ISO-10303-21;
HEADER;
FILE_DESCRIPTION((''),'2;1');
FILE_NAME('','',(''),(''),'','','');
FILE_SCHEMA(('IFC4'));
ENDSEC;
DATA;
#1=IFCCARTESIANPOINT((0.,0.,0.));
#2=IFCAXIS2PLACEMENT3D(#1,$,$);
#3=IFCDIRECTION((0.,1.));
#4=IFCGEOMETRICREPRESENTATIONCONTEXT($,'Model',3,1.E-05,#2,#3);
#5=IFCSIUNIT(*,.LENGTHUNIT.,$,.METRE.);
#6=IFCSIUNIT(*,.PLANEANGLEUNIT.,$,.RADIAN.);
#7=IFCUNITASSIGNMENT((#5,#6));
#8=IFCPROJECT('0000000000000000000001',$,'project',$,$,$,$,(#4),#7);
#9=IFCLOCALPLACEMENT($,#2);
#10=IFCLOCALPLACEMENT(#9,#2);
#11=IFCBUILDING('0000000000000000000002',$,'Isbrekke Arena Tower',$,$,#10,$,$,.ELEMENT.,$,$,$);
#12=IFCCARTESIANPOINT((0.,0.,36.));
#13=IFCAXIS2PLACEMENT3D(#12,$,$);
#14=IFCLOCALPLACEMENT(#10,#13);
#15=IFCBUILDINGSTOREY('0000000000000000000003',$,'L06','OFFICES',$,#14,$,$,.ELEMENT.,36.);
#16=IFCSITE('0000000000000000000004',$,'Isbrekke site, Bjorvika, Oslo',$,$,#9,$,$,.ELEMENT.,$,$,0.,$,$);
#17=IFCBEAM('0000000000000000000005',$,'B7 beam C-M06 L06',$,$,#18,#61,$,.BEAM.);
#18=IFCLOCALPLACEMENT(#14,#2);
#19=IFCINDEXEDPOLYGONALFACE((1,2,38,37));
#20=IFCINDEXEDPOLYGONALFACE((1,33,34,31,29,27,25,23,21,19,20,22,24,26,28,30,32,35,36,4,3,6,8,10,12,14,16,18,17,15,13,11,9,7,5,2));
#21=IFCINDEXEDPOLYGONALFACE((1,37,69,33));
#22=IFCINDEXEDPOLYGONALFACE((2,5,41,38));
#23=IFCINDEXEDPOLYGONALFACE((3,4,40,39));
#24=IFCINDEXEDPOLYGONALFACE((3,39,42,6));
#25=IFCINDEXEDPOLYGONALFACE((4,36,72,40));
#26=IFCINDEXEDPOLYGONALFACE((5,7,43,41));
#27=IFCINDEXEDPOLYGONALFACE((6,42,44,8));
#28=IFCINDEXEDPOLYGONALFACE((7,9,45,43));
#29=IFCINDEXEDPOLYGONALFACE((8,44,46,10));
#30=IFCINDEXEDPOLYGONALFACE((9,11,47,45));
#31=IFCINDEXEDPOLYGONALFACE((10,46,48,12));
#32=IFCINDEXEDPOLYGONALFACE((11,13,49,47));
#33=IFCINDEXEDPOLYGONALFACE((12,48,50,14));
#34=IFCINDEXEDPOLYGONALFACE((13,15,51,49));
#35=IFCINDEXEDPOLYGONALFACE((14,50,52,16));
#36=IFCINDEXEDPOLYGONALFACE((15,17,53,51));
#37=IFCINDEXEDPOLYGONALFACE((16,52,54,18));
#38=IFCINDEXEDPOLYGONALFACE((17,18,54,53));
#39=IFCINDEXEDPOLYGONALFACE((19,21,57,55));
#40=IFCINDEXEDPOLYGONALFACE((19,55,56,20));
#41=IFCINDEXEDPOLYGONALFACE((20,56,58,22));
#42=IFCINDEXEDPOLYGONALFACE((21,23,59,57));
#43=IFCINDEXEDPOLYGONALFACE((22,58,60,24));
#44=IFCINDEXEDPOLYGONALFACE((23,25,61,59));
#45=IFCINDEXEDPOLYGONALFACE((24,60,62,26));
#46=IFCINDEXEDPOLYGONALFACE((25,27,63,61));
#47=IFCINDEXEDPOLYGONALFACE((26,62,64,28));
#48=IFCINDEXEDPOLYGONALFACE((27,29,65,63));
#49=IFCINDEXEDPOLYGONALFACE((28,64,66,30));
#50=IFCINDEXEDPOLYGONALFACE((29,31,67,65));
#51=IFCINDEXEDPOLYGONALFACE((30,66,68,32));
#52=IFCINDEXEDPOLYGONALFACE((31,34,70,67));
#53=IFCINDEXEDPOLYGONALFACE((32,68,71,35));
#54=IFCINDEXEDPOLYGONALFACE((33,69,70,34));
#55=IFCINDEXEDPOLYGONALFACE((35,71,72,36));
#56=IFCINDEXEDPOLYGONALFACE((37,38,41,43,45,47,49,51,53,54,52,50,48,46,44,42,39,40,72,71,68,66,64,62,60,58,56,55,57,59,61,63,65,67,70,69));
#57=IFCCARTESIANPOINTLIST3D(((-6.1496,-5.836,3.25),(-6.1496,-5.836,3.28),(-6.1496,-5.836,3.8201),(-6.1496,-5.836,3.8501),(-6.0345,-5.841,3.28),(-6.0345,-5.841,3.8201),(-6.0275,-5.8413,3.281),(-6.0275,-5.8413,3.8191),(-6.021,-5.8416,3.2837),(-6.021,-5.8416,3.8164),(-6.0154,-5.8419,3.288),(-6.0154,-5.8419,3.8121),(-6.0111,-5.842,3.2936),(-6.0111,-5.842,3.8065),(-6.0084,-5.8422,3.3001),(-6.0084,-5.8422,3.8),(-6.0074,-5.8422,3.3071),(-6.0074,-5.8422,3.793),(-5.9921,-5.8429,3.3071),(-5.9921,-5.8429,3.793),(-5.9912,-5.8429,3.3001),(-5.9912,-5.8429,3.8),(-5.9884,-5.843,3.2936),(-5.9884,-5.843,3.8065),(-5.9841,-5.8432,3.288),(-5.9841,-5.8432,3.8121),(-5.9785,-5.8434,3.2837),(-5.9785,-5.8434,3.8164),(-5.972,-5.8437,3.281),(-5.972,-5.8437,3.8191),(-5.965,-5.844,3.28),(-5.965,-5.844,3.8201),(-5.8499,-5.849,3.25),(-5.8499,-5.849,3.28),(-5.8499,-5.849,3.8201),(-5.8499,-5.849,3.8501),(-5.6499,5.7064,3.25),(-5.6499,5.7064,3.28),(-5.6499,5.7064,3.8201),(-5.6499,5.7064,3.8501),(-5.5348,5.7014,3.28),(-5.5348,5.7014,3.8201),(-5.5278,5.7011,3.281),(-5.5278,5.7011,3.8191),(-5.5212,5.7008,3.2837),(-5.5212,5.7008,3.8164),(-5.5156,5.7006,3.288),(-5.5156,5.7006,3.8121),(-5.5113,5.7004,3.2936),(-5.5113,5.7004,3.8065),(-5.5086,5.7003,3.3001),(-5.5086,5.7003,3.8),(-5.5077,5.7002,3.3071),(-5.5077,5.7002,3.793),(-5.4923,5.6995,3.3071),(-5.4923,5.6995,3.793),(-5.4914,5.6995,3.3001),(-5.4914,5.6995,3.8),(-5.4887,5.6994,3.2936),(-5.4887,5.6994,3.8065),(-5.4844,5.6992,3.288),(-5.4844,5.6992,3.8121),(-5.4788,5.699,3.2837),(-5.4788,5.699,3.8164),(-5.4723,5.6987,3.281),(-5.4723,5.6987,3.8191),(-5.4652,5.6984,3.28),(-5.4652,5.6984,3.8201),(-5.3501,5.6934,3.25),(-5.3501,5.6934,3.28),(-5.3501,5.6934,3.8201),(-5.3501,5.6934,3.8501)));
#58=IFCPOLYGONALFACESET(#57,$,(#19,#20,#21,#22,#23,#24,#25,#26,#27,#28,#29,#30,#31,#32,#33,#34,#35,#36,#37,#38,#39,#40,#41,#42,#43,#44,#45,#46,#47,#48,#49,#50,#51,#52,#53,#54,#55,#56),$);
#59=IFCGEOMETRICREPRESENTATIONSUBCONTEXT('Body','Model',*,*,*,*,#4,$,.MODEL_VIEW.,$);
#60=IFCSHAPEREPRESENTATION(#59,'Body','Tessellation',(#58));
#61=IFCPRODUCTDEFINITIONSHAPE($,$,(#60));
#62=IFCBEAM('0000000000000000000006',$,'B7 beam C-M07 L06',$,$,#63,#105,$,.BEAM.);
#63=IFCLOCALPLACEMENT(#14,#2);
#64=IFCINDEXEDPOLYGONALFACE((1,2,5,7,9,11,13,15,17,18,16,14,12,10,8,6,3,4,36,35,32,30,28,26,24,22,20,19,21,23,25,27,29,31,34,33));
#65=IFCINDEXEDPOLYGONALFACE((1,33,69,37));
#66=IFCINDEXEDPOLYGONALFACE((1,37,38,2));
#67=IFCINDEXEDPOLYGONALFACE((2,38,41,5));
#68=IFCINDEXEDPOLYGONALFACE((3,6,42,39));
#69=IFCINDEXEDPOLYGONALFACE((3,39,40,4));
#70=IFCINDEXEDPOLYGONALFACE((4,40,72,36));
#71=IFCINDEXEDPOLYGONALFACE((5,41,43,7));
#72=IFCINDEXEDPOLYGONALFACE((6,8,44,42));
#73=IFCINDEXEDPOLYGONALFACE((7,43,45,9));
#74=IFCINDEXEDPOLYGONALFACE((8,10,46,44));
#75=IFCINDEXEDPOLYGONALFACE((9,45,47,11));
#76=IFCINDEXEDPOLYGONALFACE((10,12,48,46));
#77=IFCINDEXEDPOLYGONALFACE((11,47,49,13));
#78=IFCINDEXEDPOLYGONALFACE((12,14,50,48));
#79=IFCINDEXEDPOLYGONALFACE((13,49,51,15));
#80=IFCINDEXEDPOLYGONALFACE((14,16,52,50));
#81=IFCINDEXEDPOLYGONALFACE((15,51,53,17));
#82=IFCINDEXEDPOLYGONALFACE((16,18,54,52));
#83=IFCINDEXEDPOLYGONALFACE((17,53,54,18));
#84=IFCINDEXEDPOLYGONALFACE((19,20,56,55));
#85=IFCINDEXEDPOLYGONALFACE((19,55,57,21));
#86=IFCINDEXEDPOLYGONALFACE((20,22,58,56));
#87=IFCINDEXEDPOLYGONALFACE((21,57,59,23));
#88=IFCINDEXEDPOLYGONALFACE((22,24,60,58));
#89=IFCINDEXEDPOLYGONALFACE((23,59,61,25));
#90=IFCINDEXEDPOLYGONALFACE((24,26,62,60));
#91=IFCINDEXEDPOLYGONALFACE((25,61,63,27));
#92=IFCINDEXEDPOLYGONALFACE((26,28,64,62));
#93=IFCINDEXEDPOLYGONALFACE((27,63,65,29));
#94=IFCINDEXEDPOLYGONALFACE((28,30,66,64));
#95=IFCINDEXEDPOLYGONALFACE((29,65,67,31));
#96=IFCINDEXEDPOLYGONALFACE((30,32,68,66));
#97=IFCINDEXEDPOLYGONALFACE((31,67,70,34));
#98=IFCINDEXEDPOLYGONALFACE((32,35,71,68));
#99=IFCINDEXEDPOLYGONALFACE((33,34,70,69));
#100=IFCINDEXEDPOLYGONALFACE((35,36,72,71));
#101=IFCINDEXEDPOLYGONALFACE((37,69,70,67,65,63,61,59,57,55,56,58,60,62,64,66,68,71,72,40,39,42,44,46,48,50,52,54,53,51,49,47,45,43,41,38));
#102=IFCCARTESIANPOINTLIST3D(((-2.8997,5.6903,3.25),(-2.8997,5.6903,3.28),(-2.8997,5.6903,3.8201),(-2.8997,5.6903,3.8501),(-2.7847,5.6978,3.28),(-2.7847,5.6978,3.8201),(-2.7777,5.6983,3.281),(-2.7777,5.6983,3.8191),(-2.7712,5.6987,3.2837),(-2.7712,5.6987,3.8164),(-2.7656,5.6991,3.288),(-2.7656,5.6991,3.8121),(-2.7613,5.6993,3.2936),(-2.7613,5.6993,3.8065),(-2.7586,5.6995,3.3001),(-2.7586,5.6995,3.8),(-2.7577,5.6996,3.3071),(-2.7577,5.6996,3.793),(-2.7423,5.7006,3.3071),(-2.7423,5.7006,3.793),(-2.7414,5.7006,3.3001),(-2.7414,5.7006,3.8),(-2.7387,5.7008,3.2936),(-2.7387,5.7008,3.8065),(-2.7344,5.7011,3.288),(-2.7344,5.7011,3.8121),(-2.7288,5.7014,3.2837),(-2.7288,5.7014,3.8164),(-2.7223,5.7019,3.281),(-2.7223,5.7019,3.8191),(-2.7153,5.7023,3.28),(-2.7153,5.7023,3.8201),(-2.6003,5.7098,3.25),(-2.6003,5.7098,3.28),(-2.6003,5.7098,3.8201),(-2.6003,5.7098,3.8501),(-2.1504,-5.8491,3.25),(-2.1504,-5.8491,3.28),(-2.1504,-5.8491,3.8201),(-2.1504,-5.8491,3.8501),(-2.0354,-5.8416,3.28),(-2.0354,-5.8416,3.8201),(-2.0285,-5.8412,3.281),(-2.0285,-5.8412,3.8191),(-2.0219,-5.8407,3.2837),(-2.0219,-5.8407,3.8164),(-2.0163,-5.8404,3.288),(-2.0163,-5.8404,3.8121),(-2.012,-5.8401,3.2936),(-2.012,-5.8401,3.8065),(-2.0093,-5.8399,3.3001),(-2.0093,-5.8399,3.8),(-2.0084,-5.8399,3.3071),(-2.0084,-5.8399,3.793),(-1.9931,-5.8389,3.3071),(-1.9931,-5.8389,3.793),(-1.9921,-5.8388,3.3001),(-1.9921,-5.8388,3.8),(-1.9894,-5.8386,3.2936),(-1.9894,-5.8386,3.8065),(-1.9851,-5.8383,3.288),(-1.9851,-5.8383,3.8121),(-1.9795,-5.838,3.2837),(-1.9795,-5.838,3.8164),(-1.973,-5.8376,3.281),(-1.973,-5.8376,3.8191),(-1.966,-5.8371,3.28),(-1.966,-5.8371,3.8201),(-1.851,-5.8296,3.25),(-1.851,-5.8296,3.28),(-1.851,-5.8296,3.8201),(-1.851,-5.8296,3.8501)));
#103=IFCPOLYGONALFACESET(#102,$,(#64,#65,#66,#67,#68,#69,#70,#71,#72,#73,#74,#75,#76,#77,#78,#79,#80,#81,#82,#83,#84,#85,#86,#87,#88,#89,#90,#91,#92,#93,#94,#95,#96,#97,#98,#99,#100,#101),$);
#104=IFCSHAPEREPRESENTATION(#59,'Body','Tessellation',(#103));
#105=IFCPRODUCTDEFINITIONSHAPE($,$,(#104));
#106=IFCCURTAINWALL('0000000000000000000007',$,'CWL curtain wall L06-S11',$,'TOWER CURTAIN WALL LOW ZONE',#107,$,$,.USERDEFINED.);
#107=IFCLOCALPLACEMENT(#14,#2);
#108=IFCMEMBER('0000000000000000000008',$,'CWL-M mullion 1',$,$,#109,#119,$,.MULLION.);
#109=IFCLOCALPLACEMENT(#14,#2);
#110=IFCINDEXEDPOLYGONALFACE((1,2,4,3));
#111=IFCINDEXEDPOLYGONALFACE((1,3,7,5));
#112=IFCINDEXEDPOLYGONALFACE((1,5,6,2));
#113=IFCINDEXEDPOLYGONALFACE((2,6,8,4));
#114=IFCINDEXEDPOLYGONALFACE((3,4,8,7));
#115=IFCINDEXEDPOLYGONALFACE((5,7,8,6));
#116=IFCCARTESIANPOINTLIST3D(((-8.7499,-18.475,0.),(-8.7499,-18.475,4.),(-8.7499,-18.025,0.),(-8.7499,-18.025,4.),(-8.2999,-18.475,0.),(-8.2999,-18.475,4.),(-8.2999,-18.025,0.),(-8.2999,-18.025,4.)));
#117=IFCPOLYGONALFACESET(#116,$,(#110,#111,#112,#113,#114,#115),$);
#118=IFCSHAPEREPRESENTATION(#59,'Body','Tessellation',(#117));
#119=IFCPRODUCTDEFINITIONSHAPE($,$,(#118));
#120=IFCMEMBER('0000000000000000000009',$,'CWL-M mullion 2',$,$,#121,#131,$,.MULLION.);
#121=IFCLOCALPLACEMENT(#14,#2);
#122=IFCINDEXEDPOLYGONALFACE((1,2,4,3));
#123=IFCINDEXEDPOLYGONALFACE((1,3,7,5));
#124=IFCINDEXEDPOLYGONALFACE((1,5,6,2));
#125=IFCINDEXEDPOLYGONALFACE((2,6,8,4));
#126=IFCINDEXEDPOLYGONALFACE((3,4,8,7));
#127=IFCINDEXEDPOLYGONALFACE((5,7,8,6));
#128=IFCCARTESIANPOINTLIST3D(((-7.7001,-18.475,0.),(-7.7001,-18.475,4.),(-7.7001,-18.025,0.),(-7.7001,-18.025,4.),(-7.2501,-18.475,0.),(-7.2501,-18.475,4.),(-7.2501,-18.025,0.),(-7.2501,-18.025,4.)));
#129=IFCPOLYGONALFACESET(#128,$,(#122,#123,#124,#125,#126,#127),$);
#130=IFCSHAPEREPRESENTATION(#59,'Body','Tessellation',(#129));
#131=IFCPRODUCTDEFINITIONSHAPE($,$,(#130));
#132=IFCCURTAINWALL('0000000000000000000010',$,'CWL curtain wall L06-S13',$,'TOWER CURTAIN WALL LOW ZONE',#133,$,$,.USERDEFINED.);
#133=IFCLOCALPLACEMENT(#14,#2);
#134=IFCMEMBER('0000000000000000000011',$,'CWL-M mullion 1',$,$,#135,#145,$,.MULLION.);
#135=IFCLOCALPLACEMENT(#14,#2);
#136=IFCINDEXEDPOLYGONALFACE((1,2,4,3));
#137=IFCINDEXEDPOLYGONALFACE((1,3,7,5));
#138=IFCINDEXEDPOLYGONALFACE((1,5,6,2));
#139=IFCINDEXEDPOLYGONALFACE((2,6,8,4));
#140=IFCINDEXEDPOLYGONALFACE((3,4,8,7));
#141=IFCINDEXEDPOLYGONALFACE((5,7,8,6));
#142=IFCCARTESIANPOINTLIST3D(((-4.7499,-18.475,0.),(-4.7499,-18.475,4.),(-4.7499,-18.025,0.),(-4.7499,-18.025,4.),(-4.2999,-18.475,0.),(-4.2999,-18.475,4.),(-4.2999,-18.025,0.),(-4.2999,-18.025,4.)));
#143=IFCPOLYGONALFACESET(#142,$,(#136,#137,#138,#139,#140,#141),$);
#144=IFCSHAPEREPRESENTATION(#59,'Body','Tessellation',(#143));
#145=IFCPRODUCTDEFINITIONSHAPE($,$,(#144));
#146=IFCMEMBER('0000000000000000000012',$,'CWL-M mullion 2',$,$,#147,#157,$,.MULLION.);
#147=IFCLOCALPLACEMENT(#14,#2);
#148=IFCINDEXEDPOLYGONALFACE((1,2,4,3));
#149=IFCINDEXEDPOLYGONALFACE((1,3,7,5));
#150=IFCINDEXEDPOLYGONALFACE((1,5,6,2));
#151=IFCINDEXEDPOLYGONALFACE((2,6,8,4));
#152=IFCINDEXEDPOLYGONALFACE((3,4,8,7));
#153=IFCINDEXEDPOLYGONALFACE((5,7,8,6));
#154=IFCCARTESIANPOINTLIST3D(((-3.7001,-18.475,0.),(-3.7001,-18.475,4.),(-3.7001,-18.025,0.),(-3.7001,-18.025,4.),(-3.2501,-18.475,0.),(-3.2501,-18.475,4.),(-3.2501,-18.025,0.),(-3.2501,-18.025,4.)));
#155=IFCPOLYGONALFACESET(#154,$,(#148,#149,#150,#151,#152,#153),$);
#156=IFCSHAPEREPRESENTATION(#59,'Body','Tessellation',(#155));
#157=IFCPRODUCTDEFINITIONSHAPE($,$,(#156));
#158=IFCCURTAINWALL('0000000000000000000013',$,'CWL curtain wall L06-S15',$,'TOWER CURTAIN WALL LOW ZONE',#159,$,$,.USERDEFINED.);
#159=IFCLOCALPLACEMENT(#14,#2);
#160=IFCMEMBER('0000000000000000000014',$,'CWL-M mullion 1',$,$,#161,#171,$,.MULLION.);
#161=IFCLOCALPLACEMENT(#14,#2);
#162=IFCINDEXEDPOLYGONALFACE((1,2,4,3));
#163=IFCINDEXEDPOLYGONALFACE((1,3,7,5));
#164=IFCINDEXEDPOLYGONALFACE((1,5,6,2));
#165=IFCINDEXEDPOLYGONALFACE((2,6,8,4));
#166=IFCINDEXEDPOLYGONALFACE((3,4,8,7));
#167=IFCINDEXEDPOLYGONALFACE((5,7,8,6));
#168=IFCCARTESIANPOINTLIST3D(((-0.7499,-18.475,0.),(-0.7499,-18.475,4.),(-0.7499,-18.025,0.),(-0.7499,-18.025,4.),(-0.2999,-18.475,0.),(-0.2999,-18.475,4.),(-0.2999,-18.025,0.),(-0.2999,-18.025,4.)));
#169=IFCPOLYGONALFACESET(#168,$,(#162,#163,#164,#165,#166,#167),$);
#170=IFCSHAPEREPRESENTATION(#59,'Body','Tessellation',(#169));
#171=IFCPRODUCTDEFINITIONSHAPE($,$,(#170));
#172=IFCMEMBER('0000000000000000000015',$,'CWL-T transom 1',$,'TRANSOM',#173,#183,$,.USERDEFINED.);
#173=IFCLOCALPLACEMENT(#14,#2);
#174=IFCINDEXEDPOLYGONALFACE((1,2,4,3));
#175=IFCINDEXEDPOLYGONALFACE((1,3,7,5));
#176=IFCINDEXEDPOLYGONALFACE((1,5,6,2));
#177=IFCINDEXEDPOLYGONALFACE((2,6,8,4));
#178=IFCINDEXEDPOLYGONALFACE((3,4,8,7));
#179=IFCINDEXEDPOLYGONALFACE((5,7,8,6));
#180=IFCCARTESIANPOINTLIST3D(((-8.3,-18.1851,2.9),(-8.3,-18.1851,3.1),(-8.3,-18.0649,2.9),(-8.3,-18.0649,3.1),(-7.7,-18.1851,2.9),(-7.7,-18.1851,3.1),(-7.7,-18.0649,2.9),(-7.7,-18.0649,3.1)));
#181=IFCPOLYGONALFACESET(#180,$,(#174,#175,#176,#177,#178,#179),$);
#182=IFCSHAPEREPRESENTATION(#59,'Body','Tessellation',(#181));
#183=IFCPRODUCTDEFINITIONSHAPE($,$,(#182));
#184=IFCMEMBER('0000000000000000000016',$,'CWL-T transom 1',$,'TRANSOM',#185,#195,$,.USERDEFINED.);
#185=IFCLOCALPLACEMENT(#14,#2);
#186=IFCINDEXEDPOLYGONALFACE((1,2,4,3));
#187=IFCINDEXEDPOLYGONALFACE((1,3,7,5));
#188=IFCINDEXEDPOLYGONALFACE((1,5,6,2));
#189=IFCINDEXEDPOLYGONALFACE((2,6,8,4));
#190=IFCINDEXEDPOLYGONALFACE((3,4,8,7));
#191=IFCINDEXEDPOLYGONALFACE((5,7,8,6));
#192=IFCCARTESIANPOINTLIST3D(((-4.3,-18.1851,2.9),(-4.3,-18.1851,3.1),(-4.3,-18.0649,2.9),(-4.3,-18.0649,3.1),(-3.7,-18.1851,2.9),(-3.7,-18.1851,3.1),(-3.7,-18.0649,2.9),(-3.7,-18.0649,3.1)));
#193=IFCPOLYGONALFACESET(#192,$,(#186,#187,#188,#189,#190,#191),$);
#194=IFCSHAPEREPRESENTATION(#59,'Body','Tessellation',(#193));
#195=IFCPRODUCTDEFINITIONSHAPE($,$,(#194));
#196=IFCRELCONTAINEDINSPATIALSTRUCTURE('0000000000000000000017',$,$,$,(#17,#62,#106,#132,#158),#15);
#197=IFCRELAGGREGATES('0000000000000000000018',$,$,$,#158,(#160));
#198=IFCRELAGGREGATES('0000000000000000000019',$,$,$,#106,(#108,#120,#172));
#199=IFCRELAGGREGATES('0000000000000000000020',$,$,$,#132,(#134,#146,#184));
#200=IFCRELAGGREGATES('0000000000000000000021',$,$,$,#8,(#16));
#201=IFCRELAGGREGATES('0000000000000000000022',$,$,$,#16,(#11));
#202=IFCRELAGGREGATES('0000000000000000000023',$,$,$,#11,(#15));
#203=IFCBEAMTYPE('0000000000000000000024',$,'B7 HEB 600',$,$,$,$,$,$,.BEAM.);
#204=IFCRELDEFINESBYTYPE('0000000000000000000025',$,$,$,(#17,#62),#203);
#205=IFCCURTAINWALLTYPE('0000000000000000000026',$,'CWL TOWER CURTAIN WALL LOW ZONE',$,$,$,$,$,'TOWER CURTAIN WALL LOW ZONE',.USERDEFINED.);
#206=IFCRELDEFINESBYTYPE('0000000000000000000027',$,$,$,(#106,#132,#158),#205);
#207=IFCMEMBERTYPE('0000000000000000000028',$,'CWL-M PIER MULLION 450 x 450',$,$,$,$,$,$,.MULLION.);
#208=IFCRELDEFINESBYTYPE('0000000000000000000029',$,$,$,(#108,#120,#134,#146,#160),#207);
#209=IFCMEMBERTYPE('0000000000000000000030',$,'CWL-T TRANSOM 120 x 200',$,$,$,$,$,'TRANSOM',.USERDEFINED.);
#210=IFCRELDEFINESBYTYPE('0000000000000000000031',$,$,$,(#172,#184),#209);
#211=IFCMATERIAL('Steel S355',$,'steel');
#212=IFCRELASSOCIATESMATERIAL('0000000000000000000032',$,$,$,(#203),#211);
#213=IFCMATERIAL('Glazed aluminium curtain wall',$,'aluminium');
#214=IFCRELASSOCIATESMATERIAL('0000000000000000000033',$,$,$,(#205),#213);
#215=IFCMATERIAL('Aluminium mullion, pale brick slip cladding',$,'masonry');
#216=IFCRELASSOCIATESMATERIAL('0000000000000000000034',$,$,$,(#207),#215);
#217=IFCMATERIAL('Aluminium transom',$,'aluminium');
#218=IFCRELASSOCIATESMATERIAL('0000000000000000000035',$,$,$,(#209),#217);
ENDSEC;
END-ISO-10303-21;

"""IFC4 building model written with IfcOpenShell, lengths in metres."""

from ifc_helpers import new_model, si_unit, direction, frame, origin, origin_2d, place, context, subcontext, project, spatial, rectangle, i_section, extrude, material, material_profile, profile_set, type_object, element, aggregate, save


model = new_model("IFC4")

# Units and contexts
model_context = context("Model", 3, precision=1e-05, world=origin(), true_north=direction((0.0, 1.0)))
body_context = subcontext(model_context, "Body", "Model", "MODEL_VIEW")
ifc_project = project(units=[si_unit("LENGTHUNIT", "METRE"), si_unit("PLANEANGLEUNIT", "RADIAN")], contexts=[model_context])

# Site, building, storey
site_placement = place(None, origin())
site = spatial("IfcSite", under=ifc_project, at=site_placement, Name="Isbrekke site, Bjorvika, Oslo", CompositionType="ELEMENT", RefElevation=0.0)
building_placement = place(site_placement, origin())
building = spatial("IfcBuilding", under=site, at=building_placement, Name="Isbrekke Arena Tower", CompositionType="ELEMENT")
storey_placement = place(building_placement, frame((0.0, 0.0, 36.0)))
storey = spatial("IfcBuildingStorey", under=building, at=storey_placement, Name="L06", Description="OFFICES", CompositionType="ELEMENT", Elevation=36.0)

# Beams
ifc_material_1 = material(Name="Steel S355", Category="steel")
ifc_material_profile_1 = material_profile(ifc_material_1, i_section(OverallWidth=0.3, OverallDepth=0.6001, WebThickness=0.0154, FlangeThickness=0.03, FilletRadius=0.0271, at=origin_2d()), Name="HEB 600")
ifc_profile_set_1 = profile_set([ifc_material_profile_1], Name="Steel S355")
beam_type_1 = type_object("IfcBeamType", Name="B7 HEB 600", PredefinedType="BEAM", material=ifc_profile_set_1)
beam_1_placement = place(storey_placement, frame((-5.9998, -5.8425, 3.55), z_axis=(0.043257, 0.999064, 0.0), x_axis=(-0.999064, 0.043257, 0.0)))
element("IfcBeam", 1, at=beam_1_placement, inside=storey, type_object=beam_type_1, Name="B7 beam C-M06 L06", PredefinedType="BEAM", context=body_context, shape_type="SweptSolid", body=[
    extrude(i_section(OverallWidth=0.3, OverallDepth=0.6001, WebThickness=0.0154, FlangeThickness=0.03, FilletRadius=0.0271, at=origin_2d()), origin(), (0.0, 0.0, 1.0), 11.5532),
])
beam_2_placement = place(storey_placement, frame((-2.0007, -5.8394, 3.55), z_axis=(-0.064795, 0.997899, 0.0), x_axis=(-0.997899, -0.064795, 0.0)))
element("IfcBeam", 2, at=beam_2_placement, inside=storey, type_object=beam_type_1, Name="B7 beam C-M07 L06", PredefinedType="BEAM", context=body_context, shape_type="SweptSolid", body=[
    extrude(i_section(OverallWidth=0.3, OverallDepth=0.6001, WebThickness=0.0154, FlangeThickness=0.03, FilletRadius=0.0271, at=origin_2d()), origin(), (0.0, 0.0, 1.0), 11.5637),
])

# Curtain walls, members
ifc_material_2 = material(Name="Glazed aluminium curtain wall", Category="aluminium")
curtain_wall_type = type_object("IfcCurtainWallType", Name="CWL TOWER CURTAIN WALL LOW ZONE", ElementType="TOWER CURTAIN WALL LOW ZONE", PredefinedType="USERDEFINED", material=ifc_material_2)
curtain_wall_1_placement = place(storey_placement, origin())
curtain_wall_1 = element("IfcCurtainWall", 3, at=curtain_wall_1_placement, inside=storey, type_object=curtain_wall_type, Name="CWL curtain wall L06-S11", ObjectType="TOWER CURTAIN WALL LOW ZONE", PredefinedType="USERDEFINED")
ifc_material_3 = material(Name="Aluminium mullion, pale brick slip cladding", Category="masonry")
ifc_material_profile_2 = material_profile(ifc_material_3, rectangle(XDim=0.45, YDim=0.45, at=origin_2d()), Name="PIER 450X450")
ifc_profile_set_2 = profile_set([ifc_material_profile_2], Name="Aluminium mullion, pale brick slip cladding")
member_type_1 = type_object("IfcMemberType", Name="CWL-M PIER MULLION 450 x 450", PredefinedType="MULLION", material=ifc_profile_set_2)
member_1_placement = place(storey_placement, frame((-8.5249, -18.25, 0.0), z_axis=(0.0, 0.0, 1.0), x_axis=(1.0, 0.0, 0.0)))
member_1 = element("IfcMember", 4, at=member_1_placement, type_object=member_type_1, Name="CWL-M mullion 1", PredefinedType="MULLION", context=body_context, shape_type="SweptSolid", body=[
    extrude(rectangle(XDim=0.45, YDim=0.45, at=origin_2d()), origin(), (0.0, 0.0, 1.0), 4.0),
])
member_2_placement = place(storey_placement, frame((-7.4751, -18.25, 0.0), z_axis=(0.0, 0.0, 1.0), x_axis=(1.0, 0.0, 0.0)))
member_2 = element("IfcMember", 5, at=member_2_placement, type_object=member_type_1, Name="CWL-M mullion 2", PredefinedType="MULLION", context=body_context, shape_type="SweptSolid", body=[
    extrude(rectangle(XDim=0.45, YDim=0.45, at=origin_2d()), origin(), (0.0, 0.0, 1.0), 4.0),
])
curtain_wall_2_placement = place(storey_placement, origin())
curtain_wall_2 = element("IfcCurtainWall", 6, at=curtain_wall_2_placement, inside=storey, type_object=curtain_wall_type, Name="CWL curtain wall L06-S13", ObjectType="TOWER CURTAIN WALL LOW ZONE", PredefinedType="USERDEFINED")
member_3_placement = place(storey_placement, frame((-4.5249, -18.25, 0.0), z_axis=(0.0, 0.0, 1.0), x_axis=(1.0, 0.0, 0.0)))
member_3 = element("IfcMember", 7, at=member_3_placement, type_object=member_type_1, Name="CWL-M mullion 1", PredefinedType="MULLION", context=body_context, shape_type="SweptSolid", body=[
    extrude(rectangle(XDim=0.45, YDim=0.45, at=origin_2d()), origin(), (0.0, 0.0, 1.0), 4.0),
])
member_4_placement = place(storey_placement, frame((-3.4751, -18.25, 0.0), z_axis=(0.0, 0.0, 1.0), x_axis=(1.0, 0.0, 0.0)))
member_4 = element("IfcMember", 8, at=member_4_placement, type_object=member_type_1, Name="CWL-M mullion 2", PredefinedType="MULLION", context=body_context, shape_type="SweptSolid", body=[
    extrude(rectangle(XDim=0.45, YDim=0.45, at=origin_2d()), origin(), (0.0, 0.0, 1.0), 4.0),
])

# Curtain wall, member
curtain_wall_3_placement = place(storey_placement, origin())
curtain_wall_3 = element("IfcCurtainWall", 9, at=curtain_wall_3_placement, inside=storey, type_object=curtain_wall_type, Name="CWL curtain wall L06-S15", ObjectType="TOWER CURTAIN WALL LOW ZONE", PredefinedType="USERDEFINED")
member_5_placement = place(storey_placement, frame((-0.5249, -18.25, 0.0), z_axis=(0.0, 0.0, 1.0), x_axis=(1.0, 0.0, 0.0)))
member_5 = element("IfcMember", 10, at=member_5_placement, type_object=member_type_1, Name="CWL-M mullion 1", PredefinedType="MULLION", context=body_context, shape_type="SweptSolid", body=[
    extrude(rectangle(XDim=0.45, YDim=0.45, at=origin_2d()), origin(), (0.0, 0.0, 1.0), 4.0),
])

# Members
ifc_material_4 = material(Name="Aluminium transom", Category="aluminium")
ifc_material_profile_3 = material_profile(ifc_material_4, rectangle(XDim=0.1201, YDim=0.2, at=origin_2d()), Name="TRANSOM 120X200")
ifc_profile_set_3 = profile_set([ifc_material_profile_3], Name="Aluminium transom")
member_type_2 = type_object("IfcMemberType", Name="CWL-T TRANSOM 120 x 200", ElementType="TRANSOM", PredefinedType="USERDEFINED", material=ifc_profile_set_3)
member_6_placement = place(storey_placement, frame((-8.3, -18.125, 3.0), z_axis=(1.0, 0.0, 0.0), x_axis=(0.0, 1.0, 0.0)))
member_6 = element("IfcMember", 11, at=member_6_placement, type_object=member_type_2, Name="CWL-T transom 1", ObjectType="TRANSOM", PredefinedType="USERDEFINED", context=body_context, shape_type="SweptSolid", body=[
    extrude(rectangle(XDim=0.1201, YDim=0.2, at=origin_2d()), origin(), (0.0, 0.0, 1.0), 0.6001),
])
member_7_placement = place(storey_placement, frame((-4.3, -18.125, 3.0), z_axis=(1.0, 0.0, 0.0), x_axis=(0.0, 1.0, 0.0)))
member_7 = element("IfcMember", 12, at=member_7_placement, type_object=member_type_2, Name="CWL-T transom 1", ObjectType="TRANSOM", PredefinedType="USERDEFINED", context=body_context, shape_type="SweptSolid", body=[
    extrude(rectangle(XDim=0.1201, YDim=0.2, at=origin_2d()), origin(), (0.0, 0.0, 1.0), 0.6001),
])
aggregate(curtain_wall_3, [member_5])

aggregate(curtain_wall_1, [member_1, member_2, member_6])
aggregate(curtain_wall_2, [member_3, member_4, member_7])

save(model, "model.ifc")
